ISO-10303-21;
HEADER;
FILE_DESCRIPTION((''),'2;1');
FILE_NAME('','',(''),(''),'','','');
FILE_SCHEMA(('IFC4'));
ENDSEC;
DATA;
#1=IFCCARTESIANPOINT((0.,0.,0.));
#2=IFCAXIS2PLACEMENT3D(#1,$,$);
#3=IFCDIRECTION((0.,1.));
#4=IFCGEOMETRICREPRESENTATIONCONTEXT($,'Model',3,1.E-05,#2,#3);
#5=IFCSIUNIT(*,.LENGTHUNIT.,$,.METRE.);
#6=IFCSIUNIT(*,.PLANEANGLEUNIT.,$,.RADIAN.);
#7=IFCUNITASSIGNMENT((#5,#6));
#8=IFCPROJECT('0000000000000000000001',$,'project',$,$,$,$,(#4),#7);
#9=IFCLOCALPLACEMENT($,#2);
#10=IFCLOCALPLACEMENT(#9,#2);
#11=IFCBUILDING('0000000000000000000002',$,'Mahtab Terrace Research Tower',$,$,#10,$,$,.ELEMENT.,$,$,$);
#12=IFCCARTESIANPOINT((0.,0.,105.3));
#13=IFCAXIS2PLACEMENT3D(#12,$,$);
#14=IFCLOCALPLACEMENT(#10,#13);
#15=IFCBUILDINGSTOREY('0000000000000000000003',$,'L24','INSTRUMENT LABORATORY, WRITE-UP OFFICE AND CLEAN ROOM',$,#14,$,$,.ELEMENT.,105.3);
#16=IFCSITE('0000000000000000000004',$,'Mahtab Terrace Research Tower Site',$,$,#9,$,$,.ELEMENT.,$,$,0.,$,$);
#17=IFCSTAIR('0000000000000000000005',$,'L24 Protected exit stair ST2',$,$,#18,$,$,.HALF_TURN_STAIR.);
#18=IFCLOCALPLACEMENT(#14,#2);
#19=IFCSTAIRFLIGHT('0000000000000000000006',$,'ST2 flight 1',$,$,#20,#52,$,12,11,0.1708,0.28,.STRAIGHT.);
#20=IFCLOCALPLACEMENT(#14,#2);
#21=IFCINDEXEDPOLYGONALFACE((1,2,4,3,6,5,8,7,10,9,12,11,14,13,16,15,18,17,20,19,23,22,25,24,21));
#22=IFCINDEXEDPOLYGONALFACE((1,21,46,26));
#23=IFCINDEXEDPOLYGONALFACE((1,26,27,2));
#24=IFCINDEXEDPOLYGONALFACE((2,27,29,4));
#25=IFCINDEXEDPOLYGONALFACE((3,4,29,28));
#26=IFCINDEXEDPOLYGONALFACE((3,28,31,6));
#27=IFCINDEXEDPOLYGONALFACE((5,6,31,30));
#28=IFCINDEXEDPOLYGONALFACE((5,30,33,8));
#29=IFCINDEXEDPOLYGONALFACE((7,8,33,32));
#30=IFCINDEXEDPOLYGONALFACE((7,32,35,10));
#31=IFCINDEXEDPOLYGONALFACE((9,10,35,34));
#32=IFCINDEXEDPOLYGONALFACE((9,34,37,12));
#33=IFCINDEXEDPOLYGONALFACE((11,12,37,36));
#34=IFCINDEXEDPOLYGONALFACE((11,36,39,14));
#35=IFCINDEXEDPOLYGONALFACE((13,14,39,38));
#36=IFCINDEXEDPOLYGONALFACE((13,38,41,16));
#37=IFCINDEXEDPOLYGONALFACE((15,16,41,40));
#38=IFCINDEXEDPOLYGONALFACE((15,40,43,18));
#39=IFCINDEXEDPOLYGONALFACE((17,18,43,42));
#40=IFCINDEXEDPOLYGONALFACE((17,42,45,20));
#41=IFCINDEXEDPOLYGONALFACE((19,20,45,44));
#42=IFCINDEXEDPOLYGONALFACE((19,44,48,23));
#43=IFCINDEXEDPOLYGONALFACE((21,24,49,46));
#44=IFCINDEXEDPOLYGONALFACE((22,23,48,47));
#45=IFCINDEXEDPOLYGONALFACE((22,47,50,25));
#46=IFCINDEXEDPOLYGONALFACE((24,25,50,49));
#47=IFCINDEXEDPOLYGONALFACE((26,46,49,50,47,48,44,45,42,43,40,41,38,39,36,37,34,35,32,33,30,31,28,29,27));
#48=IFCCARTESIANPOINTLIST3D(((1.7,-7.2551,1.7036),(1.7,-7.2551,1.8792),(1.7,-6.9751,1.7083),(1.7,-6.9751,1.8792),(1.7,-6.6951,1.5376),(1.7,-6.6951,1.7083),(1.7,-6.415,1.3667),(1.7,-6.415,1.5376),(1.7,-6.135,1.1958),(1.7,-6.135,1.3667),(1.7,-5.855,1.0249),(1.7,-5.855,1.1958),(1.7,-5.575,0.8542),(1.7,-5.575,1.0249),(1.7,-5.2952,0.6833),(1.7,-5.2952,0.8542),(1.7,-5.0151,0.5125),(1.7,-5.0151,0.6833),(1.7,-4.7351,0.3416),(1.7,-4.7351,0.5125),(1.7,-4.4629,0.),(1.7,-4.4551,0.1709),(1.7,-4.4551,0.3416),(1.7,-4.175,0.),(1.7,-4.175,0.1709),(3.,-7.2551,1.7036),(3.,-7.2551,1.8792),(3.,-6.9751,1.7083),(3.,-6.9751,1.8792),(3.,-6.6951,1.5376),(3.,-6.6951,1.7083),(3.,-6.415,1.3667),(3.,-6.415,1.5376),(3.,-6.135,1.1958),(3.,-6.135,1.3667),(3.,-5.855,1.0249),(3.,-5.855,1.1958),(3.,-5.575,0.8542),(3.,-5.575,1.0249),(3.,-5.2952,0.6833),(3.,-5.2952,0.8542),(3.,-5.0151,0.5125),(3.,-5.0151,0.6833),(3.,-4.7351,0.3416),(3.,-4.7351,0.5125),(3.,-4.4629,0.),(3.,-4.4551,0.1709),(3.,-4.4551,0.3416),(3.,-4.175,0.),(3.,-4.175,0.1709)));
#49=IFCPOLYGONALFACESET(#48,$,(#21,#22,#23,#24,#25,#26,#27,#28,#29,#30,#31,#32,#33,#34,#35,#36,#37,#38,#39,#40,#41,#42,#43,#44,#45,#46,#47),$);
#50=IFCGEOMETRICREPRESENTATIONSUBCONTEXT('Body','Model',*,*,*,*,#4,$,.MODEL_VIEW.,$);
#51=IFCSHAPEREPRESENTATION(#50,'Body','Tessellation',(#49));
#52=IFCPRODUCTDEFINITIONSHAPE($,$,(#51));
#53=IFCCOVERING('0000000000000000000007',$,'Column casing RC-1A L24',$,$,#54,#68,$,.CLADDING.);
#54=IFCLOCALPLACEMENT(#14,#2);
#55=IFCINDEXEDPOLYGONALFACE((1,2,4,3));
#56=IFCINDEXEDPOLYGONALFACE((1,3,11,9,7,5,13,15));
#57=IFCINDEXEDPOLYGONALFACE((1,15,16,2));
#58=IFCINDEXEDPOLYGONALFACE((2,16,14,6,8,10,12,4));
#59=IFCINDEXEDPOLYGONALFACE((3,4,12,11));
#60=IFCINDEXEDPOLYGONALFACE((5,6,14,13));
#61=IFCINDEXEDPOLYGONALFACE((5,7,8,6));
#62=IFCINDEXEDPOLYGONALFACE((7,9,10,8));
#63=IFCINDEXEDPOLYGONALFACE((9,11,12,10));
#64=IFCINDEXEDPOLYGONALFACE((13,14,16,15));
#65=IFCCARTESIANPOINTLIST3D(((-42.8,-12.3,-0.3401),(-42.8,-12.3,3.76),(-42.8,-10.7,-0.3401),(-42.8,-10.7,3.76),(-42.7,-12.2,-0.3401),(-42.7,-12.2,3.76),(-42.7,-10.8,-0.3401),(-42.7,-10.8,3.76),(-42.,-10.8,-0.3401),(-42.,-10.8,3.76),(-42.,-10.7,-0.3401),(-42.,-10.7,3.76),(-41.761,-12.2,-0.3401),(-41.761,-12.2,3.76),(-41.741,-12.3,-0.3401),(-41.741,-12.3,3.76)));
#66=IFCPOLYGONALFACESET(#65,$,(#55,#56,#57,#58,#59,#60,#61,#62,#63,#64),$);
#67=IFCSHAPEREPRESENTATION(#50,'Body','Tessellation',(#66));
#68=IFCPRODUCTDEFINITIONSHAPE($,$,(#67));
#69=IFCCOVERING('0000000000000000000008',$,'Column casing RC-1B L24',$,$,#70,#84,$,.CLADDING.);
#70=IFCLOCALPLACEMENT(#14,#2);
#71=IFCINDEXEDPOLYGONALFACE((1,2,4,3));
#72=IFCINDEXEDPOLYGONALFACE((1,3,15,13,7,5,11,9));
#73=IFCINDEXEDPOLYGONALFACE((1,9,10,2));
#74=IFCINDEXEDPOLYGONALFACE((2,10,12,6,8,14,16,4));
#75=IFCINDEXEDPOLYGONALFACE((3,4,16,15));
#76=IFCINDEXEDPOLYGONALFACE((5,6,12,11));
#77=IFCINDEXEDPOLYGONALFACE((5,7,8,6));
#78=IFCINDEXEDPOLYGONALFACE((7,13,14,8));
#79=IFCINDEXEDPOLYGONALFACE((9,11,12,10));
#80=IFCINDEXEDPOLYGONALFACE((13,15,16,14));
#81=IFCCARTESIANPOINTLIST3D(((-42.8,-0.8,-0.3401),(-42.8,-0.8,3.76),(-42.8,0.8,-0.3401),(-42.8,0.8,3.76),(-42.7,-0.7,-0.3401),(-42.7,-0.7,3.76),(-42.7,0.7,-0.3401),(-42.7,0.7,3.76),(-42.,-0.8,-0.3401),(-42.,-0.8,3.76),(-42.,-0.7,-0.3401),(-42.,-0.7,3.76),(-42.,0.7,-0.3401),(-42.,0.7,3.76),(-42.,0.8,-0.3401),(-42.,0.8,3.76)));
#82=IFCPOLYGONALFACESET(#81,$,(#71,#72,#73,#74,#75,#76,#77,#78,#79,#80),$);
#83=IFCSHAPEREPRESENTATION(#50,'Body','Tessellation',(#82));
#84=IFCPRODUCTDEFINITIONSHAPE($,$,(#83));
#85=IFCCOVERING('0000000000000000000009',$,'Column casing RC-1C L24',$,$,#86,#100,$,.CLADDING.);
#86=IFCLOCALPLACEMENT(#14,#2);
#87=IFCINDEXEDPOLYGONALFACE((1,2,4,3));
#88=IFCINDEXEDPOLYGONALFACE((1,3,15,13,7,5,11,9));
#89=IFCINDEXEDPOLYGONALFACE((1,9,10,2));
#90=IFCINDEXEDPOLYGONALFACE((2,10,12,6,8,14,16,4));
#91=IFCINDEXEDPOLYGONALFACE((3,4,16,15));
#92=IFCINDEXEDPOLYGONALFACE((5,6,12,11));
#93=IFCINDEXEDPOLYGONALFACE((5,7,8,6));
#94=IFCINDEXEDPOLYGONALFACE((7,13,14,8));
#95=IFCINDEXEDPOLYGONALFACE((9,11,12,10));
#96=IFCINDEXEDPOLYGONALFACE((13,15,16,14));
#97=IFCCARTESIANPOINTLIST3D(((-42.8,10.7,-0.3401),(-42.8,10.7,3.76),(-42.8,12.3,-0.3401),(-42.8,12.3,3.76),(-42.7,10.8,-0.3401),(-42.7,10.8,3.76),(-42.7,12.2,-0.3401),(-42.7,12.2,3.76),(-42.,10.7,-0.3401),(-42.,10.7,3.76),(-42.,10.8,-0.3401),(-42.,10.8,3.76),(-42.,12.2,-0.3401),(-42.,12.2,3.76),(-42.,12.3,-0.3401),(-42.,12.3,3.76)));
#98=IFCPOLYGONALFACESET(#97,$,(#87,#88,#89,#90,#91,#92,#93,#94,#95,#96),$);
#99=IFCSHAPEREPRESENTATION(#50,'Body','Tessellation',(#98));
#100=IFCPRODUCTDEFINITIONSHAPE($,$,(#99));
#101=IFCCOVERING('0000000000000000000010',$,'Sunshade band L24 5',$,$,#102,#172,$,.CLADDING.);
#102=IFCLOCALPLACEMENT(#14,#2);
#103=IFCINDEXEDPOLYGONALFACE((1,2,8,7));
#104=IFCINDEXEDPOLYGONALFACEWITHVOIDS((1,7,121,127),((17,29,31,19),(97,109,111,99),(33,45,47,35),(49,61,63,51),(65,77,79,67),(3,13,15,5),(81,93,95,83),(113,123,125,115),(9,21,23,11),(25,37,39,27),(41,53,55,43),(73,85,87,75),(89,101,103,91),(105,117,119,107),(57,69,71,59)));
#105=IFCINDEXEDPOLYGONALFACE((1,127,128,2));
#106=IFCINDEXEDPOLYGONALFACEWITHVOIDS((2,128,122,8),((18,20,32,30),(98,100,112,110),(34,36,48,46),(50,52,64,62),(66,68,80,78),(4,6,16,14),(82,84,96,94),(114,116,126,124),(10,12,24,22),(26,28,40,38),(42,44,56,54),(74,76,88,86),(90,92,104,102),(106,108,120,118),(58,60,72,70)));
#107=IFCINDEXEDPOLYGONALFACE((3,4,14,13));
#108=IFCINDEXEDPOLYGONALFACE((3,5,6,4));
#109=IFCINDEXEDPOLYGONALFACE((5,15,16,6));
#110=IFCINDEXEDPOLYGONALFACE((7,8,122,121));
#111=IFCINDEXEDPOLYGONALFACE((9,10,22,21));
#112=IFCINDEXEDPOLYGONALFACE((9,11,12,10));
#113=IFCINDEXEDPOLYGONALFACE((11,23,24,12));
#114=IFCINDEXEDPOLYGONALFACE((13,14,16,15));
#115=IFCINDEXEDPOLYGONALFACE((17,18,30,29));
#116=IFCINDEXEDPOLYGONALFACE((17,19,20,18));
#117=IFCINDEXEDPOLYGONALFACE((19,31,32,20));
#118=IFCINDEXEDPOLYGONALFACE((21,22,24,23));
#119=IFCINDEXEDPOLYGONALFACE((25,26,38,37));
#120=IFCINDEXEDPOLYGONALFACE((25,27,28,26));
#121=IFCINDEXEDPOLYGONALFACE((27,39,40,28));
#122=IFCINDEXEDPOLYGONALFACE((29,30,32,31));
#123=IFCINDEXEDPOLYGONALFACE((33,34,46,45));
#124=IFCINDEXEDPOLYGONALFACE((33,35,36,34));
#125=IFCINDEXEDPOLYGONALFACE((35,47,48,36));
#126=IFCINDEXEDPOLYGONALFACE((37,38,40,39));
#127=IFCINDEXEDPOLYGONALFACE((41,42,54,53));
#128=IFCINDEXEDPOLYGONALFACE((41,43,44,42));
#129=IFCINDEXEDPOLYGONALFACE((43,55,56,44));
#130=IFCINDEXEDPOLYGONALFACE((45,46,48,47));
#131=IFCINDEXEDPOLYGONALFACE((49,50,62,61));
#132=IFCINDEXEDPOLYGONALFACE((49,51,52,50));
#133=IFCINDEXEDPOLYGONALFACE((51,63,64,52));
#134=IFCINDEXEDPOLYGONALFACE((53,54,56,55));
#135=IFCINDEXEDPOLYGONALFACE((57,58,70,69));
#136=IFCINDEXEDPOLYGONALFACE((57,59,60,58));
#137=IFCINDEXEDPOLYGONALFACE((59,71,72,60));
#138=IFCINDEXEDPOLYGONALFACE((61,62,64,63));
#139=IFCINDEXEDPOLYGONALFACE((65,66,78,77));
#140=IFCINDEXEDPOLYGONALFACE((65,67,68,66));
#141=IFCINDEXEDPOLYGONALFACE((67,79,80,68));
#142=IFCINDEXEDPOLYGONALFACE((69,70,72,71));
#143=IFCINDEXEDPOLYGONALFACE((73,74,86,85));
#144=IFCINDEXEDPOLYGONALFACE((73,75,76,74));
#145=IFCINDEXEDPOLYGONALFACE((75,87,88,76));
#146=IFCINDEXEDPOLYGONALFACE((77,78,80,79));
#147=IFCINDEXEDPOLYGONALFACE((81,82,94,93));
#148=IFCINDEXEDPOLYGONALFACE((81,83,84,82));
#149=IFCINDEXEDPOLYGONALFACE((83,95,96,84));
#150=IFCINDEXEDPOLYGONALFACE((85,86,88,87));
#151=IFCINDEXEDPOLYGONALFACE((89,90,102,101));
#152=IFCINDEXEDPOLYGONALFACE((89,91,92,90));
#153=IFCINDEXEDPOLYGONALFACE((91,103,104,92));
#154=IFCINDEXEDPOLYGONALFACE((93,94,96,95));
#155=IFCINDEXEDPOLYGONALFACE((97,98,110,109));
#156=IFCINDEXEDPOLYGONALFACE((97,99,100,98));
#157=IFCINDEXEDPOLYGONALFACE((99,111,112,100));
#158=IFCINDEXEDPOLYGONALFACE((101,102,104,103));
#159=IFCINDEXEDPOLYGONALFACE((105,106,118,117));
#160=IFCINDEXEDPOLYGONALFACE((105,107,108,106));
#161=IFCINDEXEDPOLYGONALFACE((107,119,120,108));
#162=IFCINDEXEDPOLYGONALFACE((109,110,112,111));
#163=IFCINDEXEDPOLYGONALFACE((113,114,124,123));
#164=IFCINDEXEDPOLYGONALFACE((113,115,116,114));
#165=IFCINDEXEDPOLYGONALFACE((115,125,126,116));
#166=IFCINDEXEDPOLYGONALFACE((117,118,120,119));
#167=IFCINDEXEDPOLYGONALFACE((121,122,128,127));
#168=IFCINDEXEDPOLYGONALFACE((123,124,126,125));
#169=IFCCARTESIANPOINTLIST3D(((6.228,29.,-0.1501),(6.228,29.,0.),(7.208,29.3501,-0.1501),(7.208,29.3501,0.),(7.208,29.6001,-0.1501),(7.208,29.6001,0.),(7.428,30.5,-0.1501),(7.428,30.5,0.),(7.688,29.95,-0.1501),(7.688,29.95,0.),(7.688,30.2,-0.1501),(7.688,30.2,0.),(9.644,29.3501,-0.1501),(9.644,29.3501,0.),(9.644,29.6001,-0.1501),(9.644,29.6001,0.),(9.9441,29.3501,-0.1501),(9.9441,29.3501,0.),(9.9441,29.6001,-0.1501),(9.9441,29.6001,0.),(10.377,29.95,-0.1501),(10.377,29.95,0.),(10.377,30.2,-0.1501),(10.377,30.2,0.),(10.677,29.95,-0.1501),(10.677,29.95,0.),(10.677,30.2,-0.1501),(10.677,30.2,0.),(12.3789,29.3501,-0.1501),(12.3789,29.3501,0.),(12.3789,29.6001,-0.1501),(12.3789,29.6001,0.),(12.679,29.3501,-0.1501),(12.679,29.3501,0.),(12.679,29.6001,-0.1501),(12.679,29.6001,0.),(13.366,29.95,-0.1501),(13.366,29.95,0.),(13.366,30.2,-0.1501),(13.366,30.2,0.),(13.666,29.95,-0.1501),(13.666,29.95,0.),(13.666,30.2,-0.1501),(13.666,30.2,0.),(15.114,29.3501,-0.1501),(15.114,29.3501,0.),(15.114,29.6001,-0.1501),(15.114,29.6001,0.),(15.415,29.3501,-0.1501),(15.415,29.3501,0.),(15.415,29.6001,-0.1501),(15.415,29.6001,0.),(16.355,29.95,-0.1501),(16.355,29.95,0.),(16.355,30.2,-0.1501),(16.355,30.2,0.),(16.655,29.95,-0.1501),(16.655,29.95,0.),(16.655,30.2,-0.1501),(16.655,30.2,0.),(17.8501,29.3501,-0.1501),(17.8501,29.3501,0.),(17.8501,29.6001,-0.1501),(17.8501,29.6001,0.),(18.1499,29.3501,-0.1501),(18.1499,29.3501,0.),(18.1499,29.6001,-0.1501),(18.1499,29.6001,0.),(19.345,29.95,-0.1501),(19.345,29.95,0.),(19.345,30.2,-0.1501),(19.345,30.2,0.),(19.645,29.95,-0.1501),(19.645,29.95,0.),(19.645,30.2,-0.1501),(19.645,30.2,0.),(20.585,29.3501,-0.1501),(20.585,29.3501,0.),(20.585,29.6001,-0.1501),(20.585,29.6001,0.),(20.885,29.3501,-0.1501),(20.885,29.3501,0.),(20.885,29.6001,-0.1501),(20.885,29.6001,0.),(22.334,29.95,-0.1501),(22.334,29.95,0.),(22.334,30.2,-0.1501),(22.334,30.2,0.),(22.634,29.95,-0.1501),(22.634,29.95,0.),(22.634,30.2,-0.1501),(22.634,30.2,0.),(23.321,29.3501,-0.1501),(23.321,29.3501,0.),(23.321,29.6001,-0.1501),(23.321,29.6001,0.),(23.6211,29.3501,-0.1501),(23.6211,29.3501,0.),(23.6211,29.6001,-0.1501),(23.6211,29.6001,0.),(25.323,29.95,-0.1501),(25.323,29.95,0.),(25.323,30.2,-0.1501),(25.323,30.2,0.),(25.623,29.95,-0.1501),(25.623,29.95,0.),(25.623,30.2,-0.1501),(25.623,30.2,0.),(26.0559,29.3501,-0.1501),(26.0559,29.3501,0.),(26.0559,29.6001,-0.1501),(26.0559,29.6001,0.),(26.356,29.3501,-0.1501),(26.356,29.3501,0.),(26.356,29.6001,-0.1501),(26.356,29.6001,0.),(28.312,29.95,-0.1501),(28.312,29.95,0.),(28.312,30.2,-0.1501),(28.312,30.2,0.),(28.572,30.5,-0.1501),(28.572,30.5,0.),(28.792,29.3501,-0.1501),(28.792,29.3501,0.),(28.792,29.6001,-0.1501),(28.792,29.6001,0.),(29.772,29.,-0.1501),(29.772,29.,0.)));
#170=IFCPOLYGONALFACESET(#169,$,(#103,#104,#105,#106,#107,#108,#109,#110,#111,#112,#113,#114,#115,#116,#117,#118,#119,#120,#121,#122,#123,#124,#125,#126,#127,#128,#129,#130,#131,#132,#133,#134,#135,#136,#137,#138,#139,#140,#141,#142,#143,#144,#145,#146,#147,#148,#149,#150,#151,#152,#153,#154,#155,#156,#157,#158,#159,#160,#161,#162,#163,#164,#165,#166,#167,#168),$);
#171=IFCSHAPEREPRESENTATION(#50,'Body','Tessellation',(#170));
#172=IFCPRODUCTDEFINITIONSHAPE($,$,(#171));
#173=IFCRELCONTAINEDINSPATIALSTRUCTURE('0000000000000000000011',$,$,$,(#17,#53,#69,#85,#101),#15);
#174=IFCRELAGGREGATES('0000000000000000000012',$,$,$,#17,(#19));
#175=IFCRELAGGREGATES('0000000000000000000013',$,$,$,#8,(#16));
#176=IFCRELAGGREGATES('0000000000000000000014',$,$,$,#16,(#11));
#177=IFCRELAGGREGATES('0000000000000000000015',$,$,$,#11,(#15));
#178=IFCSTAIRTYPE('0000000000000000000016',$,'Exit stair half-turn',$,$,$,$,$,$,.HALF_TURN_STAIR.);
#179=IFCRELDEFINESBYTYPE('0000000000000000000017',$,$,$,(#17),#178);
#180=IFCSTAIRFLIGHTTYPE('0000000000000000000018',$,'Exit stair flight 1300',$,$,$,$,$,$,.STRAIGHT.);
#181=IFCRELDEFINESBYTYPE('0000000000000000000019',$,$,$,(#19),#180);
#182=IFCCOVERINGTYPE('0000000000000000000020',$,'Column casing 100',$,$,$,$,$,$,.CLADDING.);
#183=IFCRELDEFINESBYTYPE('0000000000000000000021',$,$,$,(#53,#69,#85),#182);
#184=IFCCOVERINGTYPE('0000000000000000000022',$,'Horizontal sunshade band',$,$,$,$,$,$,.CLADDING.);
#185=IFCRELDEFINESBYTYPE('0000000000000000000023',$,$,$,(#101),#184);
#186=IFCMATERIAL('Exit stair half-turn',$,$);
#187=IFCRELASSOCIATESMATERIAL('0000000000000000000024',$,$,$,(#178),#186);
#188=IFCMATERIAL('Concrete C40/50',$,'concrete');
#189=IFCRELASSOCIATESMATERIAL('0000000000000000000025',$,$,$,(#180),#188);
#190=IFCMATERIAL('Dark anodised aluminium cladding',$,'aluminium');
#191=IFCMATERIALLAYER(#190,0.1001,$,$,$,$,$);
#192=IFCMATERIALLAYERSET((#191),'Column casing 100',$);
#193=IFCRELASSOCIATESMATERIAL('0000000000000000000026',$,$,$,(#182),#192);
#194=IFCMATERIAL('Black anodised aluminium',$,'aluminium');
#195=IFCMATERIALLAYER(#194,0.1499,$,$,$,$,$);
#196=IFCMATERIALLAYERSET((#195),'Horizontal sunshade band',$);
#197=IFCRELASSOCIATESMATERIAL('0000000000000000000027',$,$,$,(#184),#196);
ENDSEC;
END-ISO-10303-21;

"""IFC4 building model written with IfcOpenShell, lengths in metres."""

from ifc_helpers import new_model, si_unit, direction, frame, origin, place, context, subcontext, project, spatial, polyline, outline, extrude, material, layer, layer_set, type_object, element, aggregate, save


model = new_model("IFC4")

# Units and contexts
model_context = context("Model", 3, precision=1e-05, world=origin(), true_north=direction((0.0, 1.0)))
body_context = subcontext(model_context, "Body", "Model", "MODEL_VIEW")
ifc_project = project(units=[si_unit("LENGTHUNIT", "METRE"), si_unit("PLANEANGLEUNIT", "RADIAN")], contexts=[model_context])

# Site, building, storey
site_placement = place(None, origin())
site = spatial("IfcSite", under=ifc_project, at=site_placement, Name="Mahtab Terrace Research Tower Site", CompositionType="ELEMENT", RefElevation=0.0)
building_placement = place(site_placement, origin())
building = spatial("IfcBuilding", under=site, at=building_placement, Name="Mahtab Terrace Research Tower", CompositionType="ELEMENT")
storey_placement = place(building_placement, frame((0.0, 0.0, 105.3)))
storey = spatial("IfcBuildingStorey", under=building, at=storey_placement, Name="L24", Description="INSTRUMENT LABORATORY, WRITE-UP OFFICE AND CLEAN ROOM", CompositionType="ELEMENT", Elevation=105.3)

# Stair
ifc_material_1 = material(Name="Exit stair half-turn")
stair_type = type_object("IfcStairType", Name="Exit stair half-turn", PredefinedType="HALF_TURN_STAIR", material=ifc_material_1)
ifc_material_2 = material(Name="Concrete C40/50", Category="concrete")
stair_1_placement = place(storey_placement, origin())
stair_1 = element("IfcStair", 1, at=stair_1_placement, inside=storey, type_object=stair_type, Name="L24 Protected exit stair ST2", PredefinedType="HALF_TURN_STAIR")

# Stair flight
stair_flight_type = type_object("IfcStairFlightType", Name="Exit stair flight 1300", PredefinedType="STRAIGHT", material=ifc_material_2)
stair_flight_placement = place(storey_placement, frame((2.3501, -4.175, 0.0), z_axis=(0.0, 0.0, 1.0), x_axis=(0.0, -1.0, 0.0)))
stair_flight = element("IfcStairFlight", 2, at=stair_flight_placement, type_object=stair_flight_type, Name="ST2 flight 1", NumberOfRisers=12, NumberOfTreads=11, PredefinedType="STRAIGHT", RiserHeight=0.1708, TreadLength=0.28, context=body_context, shape_type="SweptSolid", body=[
    extrude(outline(polyline([(0.0, 0.0), (0.0, 0.1709), (0.28, 0.1709), (0.28, 0.3416), (0.5601, 0.3416), (0.5601, 0.5125), (0.8401, 0.5125), (0.8401, 0.6833), (1.1201, 0.6833), (1.1201, 0.8542), (1.3999, 0.8542), (1.3999, 1.0249), (1.6799, 1.0249), (1.6799, 1.1958), (1.96, 1.1958), (1.96, 1.3667), (2.24, 1.3667), (2.24, 1.5376), (2.52, 1.5376), (2.52, 1.7083), (2.8, 1.7083), (2.8, 1.8792), (3.0801, 1.8792), (3.0801, 2.05), (3.0801, 1.7036), (0.2878, 0.0), (0.0, 0.0)])), frame((0.0, 0.6499, 0.0), z_axis=(0.0, -1.0, 0.0), x_axis=(1.0, 0.0, 0.0)), (0.0, 0.0, 1.0), 1.3),
])
aggregate(stair_1, [stair_flight])

# Coverings
ifc_material_3 = material(Name="Dark anodised aluminium cladding", Category="aluminium")
ifc_layer_1 = layer(ifc_material_3, 0.1001)
ifc_layer_set_1 = layer_set([ifc_layer_1], Name="Column casing 100")
covering_type_1 = type_object("IfcCoveringType", Name="Column casing 100", PredefinedType="CLADDING", material=ifc_layer_set_1)
covering_1_placement = place(storey_placement, frame((0.0, 0.0, -0.3401)))
element("IfcCovering", 3, at=covering_1_placement, inside=storey, type_object=covering_type_1, Name="Column casing RC-1A L24", PredefinedType="CLADDING", context=body_context, shape_type="SweptSolid", body=[
    extrude(outline(polyline([(-42.8, -10.7), (-42.0, -10.7), (-42.0, -10.8), (-42.7, -10.8), (-42.7, -12.2), (-41.761, -12.2), (-41.741, -12.3), (-42.8, -12.3), (-42.8, -10.7)])), origin(), (0.0, 0.0, 1.0), 4.1001),
])
covering_2_placement = place(storey_placement, frame((0.0, 0.0, -0.3401)))
element("IfcCovering", 4, at=covering_2_placement, inside=storey, type_object=covering_type_1, Name="Column casing RC-1B L24", PredefinedType="CLADDING", context=body_context, shape_type="SweptSolid", body=[
    extrude(outline(polyline([(-42.8, 0.8), (-42.0, 0.8), (-42.0, 0.7), (-42.7, 0.7), (-42.7, -0.7), (-42.0, -0.7), (-42.0, -0.8), (-42.8, -0.8), (-42.8, 0.8)])), origin(), (0.0, 0.0, 1.0), 4.1001),
])
covering_3_placement = place(storey_placement, frame((0.0, 0.0, -0.3401)))
element("IfcCovering", 5, at=covering_3_placement, inside=storey, type_object=covering_type_1, Name="Column casing RC-1C L24", PredefinedType="CLADDING", context=body_context, shape_type="SweptSolid", body=[
    extrude(outline(polyline([(-42.8, 12.3), (-42.0, 12.3), (-42.0, 12.2), (-42.7, 12.2), (-42.7, 10.8), (-42.0, 10.8), (-42.0, 10.7), (-42.8, 10.7), (-42.8, 12.3)])), origin(), (0.0, 0.0, 1.0), 4.1001),
])
ifc_material_4 = material(Name="Black anodised aluminium", Category="aluminium")
ifc_layer_2 = layer(ifc_material_4, 0.1499)
ifc_layer_set_2 = layer_set([ifc_layer_2], Name="Horizontal sunshade band")
covering_type_2 = type_object("IfcCoveringType", Name="Horizontal sunshade band", PredefinedType="CLADDING", material=ifc_layer_set_2)
covering_4_placement = place(storey_placement, frame((0.0, 0.0, -0.1501)))
element("IfcCovering", 6, at=covering_4_placement, inside=storey, type_object=covering_type_2, Name="Sunshade band L24 5", PredefinedType="CLADDING", context=body_context, shape_type="SweptSolid", body=[
    extrude(outline(polyline([(29.772, 29.0), (6.228, 29.0), (7.428, 30.5), (28.572, 30.5), (29.772, 29.0)]), holes=[polyline([(28.792, 29.3501), (26.356, 29.3501), (26.356, 29.6001), (28.792, 29.6001), (28.792, 29.3501)]), polyline([(26.0559, 29.3501), (23.6211, 29.3501), (23.6211, 29.6001), (26.0559, 29.6001), (26.0559, 29.3501)]), polyline([(23.321, 29.3501), (20.885, 29.3501), (20.885, 29.6001), (23.321, 29.6001), (23.321, 29.3501)]), polyline([(20.585, 29.3501), (18.1499, 29.3501), (18.1499, 29.6001), (20.585, 29.6001), (20.585, 29.3501)]), polyline([(17.8501, 29.3501), (15.415, 29.3501), (15.415, 29.6001), (17.8501, 29.6001), (17.8501, 29.3501)]), polyline([(15.114, 29.3501), (12.679, 29.3501), (12.679, 29.6001), (15.114, 29.6001), (15.114, 29.3501)]), polyline([(12.3789, 29.3501), (9.9441, 29.3501), (9.9441, 29.6001), (12.3789, 29.6001), (12.3789, 29.3501)]), polyline([(9.644, 29.3501), (7.208, 29.3501), (7.208, 29.6001), (9.644, 29.6001), (9.644, 29.3501)]), polyline([(28.312, 29.95), (25.623, 29.95), (25.623, 30.2), (28.312, 30.2), (28.312, 29.95)]), polyline([(25.323, 29.95), (22.634, 29.95), (22.634, 30.2), (25.323, 30.2), (25.323, 29.95)]), polyline([(22.334, 29.95), (19.645, 29.95), (19.645, 30.2), (22.334, 30.2), (22.334, 29.95)]), polyline([(19.345, 29.95), (16.655, 29.95), (16.655, 30.2), (19.345, 30.2), (19.345, 29.95)]), polyline([(16.355, 29.95), (13.666, 29.95), (13.666, 30.2), (16.355, 30.2), (16.355, 29.95)]), polyline([(13.366, 29.95), (10.677, 29.95), (10.677, 30.2), (13.366, 30.2), (13.366, 29.95)]), polyline([(10.377, 29.95), (7.688, 29.95), (7.688, 30.2), (10.377, 30.2), (10.377, 29.95)])]), origin(), (0.0, 0.0, 1.0), 0.1501),
])

save(model, "model.ifc")
